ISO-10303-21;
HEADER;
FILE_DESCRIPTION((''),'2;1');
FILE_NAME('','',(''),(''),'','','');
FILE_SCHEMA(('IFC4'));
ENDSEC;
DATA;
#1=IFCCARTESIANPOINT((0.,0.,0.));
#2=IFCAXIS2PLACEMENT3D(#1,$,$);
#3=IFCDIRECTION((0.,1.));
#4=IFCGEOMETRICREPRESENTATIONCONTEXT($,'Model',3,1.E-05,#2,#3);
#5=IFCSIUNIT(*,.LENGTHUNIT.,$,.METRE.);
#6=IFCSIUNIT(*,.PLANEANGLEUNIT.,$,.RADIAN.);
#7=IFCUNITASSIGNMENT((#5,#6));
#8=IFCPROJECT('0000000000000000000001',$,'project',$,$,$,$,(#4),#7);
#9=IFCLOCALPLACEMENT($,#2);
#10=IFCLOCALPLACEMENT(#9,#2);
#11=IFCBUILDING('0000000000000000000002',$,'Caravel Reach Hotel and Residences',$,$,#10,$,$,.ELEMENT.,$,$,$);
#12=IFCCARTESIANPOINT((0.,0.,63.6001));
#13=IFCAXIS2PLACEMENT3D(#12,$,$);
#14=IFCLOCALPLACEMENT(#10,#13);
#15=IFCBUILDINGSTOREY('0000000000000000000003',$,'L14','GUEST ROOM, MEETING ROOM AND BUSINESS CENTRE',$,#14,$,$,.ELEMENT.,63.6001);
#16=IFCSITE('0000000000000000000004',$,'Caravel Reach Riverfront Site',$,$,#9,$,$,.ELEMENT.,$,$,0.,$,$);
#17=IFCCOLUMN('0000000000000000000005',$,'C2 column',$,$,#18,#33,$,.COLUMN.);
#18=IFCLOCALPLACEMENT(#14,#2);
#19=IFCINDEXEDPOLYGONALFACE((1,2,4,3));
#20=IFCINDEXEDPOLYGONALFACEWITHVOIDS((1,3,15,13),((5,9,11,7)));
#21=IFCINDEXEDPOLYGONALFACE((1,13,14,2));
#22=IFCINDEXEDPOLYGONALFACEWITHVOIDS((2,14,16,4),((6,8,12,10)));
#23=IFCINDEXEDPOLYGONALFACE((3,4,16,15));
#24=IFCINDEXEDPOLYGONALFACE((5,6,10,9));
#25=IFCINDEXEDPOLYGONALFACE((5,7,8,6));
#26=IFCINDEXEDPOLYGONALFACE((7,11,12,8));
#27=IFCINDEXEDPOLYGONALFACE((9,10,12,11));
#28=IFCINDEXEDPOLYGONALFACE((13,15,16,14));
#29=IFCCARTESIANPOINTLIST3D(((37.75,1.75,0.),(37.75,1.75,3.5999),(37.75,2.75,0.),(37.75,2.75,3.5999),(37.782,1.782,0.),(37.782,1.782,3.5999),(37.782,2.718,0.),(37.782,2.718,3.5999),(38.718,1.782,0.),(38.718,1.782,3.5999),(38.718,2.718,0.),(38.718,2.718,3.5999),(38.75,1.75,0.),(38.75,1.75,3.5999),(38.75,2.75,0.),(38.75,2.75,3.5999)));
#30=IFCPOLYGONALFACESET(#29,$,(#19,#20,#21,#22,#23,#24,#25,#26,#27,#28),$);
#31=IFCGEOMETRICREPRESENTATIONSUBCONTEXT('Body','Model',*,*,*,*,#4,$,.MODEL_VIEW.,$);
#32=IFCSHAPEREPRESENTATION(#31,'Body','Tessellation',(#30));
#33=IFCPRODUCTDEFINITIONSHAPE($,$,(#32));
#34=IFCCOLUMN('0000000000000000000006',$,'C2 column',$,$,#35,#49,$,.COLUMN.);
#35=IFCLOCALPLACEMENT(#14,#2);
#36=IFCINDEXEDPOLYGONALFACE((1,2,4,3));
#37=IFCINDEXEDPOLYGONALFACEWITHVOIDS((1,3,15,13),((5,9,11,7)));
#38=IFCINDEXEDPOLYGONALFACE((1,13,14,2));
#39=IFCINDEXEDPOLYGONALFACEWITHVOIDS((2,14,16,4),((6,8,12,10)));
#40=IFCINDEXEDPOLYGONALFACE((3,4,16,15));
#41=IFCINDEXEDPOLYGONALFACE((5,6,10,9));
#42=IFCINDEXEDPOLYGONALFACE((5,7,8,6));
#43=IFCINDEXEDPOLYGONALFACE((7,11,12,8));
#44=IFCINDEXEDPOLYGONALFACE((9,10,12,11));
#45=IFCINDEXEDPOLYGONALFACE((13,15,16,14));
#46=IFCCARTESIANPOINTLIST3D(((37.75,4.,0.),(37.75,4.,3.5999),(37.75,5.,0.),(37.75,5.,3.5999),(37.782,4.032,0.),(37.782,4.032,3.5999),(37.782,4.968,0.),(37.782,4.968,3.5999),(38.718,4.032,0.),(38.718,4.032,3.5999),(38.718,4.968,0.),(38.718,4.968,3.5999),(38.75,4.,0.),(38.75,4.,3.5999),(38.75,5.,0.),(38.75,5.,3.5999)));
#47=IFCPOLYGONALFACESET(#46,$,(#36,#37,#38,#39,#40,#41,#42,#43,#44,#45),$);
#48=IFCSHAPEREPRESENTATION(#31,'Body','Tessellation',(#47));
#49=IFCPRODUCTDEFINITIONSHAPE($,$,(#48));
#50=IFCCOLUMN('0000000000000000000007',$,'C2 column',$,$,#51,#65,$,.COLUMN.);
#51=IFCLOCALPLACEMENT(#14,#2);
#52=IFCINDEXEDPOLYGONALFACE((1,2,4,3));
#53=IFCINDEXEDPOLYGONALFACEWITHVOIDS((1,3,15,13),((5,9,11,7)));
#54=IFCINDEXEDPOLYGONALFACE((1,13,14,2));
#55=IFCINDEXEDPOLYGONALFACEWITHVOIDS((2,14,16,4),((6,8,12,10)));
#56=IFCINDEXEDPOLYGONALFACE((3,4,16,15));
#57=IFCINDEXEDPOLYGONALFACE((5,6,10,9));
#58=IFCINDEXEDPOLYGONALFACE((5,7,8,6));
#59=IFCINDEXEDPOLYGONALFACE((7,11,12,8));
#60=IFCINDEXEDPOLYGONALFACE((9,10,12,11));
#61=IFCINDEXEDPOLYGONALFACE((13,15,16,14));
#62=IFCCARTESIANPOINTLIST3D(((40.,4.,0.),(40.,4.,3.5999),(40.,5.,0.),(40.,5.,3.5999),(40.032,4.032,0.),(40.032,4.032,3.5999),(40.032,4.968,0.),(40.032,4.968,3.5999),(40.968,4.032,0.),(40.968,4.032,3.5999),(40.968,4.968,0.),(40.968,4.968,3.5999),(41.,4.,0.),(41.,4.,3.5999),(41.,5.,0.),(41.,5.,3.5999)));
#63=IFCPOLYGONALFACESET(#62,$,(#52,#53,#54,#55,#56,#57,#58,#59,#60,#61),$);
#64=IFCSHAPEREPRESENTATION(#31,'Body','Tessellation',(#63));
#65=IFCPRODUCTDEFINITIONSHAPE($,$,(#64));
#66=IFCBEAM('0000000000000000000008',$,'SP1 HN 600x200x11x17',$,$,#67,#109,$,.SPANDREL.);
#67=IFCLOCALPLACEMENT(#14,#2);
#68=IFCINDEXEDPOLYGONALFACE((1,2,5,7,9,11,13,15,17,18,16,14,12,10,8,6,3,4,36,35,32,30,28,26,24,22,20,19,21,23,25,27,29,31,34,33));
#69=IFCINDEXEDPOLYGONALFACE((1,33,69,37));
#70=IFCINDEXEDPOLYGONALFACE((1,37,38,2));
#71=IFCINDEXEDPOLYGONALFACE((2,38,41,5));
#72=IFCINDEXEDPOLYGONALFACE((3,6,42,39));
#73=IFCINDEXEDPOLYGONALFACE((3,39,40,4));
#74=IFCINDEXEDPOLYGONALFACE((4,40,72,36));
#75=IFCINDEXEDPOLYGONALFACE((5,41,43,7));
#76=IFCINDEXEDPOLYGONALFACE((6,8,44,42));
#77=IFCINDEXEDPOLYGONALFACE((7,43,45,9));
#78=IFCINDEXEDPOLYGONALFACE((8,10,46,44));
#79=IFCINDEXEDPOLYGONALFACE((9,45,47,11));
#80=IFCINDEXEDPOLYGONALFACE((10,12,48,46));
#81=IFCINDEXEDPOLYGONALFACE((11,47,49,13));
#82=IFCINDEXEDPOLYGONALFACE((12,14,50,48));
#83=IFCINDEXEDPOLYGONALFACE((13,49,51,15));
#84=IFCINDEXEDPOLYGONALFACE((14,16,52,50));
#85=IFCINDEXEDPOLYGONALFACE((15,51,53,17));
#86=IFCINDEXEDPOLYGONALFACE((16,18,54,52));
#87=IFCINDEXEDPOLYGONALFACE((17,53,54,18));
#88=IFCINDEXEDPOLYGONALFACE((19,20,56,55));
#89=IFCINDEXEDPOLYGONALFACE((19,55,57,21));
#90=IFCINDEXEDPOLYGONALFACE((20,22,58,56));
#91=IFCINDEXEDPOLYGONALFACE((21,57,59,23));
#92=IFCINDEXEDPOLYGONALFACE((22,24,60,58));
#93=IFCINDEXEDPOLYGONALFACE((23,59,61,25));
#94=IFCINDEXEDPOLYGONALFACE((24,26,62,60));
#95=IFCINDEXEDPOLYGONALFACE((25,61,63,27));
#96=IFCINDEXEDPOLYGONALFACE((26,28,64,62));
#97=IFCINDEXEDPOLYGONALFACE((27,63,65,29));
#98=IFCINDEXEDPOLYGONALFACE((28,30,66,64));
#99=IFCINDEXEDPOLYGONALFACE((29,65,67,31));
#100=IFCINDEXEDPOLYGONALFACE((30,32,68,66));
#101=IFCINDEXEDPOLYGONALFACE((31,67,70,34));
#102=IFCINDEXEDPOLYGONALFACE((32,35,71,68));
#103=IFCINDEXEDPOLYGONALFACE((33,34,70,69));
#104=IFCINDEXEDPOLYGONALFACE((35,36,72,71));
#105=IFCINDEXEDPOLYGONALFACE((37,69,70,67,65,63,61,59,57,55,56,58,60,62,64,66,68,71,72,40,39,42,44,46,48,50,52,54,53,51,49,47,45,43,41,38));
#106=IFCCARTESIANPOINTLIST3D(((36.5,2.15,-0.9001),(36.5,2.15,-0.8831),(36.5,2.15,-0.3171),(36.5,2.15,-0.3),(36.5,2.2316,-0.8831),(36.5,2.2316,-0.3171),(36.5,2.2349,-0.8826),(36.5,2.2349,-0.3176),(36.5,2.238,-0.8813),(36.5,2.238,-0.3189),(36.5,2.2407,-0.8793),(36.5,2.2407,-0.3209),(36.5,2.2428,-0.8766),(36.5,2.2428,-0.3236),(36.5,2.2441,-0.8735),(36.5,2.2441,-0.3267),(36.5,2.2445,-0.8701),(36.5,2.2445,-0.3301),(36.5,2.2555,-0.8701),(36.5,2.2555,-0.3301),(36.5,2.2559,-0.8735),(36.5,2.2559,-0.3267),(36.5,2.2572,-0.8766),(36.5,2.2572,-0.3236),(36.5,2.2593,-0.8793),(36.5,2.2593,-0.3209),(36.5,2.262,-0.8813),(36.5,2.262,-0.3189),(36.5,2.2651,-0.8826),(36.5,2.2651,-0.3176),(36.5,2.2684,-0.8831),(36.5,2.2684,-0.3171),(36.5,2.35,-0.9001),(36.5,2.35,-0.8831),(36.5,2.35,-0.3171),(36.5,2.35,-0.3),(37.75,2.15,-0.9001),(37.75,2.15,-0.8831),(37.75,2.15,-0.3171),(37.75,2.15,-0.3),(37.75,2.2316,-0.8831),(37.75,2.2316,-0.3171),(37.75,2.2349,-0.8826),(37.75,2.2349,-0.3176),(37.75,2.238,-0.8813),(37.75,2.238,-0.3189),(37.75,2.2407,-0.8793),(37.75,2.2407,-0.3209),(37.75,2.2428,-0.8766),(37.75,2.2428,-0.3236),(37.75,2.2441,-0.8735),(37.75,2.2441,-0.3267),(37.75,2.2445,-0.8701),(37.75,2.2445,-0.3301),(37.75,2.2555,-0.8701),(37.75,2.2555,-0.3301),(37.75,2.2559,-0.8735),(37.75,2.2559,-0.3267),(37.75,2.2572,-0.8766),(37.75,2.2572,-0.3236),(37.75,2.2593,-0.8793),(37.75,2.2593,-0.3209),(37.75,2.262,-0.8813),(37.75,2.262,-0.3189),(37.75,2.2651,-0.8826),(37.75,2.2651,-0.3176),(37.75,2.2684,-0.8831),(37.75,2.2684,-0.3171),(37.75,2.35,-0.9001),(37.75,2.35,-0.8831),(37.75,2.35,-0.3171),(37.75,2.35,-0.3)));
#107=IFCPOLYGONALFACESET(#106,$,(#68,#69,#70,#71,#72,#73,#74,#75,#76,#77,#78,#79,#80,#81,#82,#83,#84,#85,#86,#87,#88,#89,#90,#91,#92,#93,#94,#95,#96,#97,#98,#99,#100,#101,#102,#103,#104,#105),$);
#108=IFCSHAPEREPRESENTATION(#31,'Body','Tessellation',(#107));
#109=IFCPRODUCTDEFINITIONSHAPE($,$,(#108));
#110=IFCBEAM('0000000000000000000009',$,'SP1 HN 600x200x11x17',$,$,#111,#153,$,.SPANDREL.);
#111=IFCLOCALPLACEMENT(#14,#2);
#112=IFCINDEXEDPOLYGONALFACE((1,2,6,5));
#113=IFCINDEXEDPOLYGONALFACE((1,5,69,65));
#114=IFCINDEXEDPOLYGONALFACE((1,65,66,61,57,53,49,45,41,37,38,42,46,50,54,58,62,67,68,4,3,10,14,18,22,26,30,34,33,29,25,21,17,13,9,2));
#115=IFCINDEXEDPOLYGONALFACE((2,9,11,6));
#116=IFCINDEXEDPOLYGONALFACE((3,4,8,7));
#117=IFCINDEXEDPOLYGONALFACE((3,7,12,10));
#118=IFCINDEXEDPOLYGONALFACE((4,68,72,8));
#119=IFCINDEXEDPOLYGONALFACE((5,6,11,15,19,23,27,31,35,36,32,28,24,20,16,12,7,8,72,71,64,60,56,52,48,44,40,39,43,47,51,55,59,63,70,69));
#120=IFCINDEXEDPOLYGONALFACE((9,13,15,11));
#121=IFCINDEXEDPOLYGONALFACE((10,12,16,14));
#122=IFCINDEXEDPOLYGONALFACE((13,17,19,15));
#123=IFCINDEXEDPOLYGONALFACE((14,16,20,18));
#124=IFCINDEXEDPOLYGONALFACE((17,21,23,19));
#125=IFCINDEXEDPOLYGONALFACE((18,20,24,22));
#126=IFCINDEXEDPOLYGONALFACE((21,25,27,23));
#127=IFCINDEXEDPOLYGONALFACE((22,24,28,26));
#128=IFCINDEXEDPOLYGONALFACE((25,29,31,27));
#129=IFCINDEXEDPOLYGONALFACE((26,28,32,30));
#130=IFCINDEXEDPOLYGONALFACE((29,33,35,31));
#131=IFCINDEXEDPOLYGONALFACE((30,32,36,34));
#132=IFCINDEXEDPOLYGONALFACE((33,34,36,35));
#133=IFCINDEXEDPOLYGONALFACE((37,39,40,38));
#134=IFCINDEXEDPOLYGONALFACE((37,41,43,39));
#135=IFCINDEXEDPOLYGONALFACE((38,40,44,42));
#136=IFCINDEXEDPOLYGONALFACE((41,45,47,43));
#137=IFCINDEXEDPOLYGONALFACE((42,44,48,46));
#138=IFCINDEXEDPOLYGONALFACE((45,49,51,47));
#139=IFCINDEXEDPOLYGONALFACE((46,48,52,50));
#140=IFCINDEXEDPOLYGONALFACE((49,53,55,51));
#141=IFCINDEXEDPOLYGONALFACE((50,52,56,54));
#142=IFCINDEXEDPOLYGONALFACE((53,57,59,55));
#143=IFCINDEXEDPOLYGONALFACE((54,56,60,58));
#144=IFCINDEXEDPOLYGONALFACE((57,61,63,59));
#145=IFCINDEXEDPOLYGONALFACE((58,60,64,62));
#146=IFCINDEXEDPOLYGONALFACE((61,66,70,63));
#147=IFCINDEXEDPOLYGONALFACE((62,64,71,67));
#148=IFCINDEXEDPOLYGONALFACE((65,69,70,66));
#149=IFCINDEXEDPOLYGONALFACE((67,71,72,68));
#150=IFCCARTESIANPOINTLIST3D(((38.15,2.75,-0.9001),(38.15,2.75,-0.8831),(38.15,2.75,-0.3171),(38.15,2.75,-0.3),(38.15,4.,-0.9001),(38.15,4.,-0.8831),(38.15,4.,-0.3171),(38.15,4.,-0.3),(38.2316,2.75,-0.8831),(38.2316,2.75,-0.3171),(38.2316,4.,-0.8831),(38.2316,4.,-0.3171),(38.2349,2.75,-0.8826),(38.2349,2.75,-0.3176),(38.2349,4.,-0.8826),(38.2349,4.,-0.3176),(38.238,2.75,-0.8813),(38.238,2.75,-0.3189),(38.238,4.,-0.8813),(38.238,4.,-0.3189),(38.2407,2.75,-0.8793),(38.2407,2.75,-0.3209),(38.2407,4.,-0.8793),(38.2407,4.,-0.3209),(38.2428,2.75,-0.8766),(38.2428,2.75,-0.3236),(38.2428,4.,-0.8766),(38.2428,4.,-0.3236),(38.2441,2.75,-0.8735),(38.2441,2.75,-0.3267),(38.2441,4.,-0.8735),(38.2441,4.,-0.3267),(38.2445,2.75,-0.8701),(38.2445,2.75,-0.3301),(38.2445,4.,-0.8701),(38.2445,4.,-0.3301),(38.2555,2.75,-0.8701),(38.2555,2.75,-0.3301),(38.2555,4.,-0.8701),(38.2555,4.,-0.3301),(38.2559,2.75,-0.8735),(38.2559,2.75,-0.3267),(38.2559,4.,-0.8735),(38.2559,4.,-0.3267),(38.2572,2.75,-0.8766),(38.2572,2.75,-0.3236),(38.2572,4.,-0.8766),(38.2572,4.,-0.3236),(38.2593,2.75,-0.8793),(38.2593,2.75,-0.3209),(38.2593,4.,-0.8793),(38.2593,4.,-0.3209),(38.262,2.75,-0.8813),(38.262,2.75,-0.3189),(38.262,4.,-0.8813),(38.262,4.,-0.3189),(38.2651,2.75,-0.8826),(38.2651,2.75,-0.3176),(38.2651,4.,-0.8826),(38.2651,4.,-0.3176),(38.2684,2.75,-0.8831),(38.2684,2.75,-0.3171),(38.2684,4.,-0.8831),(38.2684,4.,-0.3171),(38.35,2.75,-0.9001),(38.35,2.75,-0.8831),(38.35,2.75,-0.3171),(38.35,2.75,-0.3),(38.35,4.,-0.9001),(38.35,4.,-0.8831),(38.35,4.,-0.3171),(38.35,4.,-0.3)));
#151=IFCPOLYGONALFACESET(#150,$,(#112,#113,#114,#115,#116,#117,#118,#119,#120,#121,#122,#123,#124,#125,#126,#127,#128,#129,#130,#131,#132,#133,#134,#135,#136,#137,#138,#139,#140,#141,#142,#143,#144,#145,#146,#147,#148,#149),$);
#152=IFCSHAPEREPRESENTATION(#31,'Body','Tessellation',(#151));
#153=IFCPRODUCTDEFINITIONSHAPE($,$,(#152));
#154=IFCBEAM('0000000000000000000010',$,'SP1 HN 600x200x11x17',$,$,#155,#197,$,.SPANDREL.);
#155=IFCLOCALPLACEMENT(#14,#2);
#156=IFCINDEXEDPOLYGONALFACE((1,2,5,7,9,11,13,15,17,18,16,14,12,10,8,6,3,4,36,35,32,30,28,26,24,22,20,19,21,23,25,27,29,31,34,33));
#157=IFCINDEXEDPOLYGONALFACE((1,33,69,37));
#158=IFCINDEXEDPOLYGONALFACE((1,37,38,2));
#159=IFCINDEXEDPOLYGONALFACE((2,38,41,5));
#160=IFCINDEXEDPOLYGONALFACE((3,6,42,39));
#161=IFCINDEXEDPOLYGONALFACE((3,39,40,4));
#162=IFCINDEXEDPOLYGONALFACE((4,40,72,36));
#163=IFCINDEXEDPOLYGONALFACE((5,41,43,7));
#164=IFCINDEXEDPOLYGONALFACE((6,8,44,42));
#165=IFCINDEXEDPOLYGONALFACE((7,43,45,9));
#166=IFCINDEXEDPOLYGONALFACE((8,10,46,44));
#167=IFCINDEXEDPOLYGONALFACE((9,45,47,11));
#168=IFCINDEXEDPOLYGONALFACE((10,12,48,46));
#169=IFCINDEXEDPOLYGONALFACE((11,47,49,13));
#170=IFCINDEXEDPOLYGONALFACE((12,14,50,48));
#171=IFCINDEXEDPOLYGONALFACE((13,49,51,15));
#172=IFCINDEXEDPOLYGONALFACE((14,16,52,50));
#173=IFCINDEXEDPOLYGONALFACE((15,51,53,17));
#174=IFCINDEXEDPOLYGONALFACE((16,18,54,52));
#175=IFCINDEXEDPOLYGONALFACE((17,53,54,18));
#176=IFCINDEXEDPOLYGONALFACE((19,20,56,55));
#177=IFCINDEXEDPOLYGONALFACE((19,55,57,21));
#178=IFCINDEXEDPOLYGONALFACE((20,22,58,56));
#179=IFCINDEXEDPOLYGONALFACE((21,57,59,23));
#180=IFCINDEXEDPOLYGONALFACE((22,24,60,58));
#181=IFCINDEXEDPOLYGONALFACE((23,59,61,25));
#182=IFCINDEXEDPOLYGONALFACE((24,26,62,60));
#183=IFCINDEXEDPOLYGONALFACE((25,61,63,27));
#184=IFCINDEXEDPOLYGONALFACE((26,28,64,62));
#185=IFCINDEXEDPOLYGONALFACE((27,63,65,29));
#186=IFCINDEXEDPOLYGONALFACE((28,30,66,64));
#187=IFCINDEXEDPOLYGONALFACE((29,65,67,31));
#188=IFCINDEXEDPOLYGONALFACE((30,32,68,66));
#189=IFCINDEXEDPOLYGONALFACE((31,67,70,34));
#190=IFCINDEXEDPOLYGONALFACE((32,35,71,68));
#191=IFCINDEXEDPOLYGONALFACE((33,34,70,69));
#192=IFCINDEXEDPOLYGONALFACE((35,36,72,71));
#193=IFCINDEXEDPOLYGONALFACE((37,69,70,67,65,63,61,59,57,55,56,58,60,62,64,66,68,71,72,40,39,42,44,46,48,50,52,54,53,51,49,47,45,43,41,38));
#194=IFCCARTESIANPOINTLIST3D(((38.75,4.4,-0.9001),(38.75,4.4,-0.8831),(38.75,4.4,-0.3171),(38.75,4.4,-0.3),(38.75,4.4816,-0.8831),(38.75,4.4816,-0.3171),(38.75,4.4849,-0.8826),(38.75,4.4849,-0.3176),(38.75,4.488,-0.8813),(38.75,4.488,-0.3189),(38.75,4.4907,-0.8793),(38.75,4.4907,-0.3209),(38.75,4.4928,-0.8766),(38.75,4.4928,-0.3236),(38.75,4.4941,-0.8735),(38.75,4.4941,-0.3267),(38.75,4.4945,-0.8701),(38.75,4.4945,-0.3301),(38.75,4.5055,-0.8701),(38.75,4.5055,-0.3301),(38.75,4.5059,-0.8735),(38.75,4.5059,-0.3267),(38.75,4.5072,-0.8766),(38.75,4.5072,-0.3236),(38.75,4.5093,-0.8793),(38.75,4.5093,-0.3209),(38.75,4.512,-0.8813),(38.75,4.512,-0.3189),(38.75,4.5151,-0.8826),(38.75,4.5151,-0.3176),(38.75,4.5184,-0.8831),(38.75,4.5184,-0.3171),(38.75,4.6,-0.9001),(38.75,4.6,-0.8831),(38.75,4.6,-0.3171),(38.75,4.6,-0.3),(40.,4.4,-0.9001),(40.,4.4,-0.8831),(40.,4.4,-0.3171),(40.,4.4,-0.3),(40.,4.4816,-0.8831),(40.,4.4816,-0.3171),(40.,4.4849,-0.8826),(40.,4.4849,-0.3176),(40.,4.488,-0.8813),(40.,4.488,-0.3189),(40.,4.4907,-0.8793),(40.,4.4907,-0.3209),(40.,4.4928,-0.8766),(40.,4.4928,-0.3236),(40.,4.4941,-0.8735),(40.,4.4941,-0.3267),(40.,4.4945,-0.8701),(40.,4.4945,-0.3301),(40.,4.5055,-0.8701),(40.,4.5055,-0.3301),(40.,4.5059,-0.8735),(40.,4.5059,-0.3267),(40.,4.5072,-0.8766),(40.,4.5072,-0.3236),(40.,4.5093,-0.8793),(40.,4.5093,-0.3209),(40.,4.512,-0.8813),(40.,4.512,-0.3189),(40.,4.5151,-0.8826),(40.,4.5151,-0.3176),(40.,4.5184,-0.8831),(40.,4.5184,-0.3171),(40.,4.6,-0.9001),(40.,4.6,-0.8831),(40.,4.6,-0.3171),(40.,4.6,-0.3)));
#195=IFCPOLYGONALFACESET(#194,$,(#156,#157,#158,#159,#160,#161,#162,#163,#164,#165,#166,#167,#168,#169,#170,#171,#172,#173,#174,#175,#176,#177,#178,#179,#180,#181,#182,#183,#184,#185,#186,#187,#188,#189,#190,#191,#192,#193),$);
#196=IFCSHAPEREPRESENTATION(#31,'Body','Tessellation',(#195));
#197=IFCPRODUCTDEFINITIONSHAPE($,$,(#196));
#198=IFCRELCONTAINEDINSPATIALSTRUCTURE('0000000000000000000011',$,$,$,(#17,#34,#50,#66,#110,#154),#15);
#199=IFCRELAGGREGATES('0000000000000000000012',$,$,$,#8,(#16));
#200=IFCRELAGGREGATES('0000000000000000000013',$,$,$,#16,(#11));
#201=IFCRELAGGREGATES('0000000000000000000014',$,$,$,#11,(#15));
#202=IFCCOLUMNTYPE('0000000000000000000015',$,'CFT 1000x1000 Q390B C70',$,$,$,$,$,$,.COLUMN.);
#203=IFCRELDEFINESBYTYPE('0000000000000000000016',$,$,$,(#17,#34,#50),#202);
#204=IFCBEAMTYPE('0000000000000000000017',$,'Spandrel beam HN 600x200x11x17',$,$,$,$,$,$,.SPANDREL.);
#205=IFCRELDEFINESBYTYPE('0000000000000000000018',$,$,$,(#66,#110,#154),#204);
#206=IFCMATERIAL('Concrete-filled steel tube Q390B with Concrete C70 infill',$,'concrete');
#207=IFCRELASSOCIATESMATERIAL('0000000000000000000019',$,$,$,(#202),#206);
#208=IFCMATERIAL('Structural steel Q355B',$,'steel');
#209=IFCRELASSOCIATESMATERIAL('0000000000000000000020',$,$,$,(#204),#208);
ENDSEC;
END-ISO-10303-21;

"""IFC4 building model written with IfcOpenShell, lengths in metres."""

from ifc_helpers import new_model, si_unit, direction, frame, origin, origin_2d, place, context, subcontext, project, spatial, hollow_rectangle, i_section, extrude, material, material_profile, profile_set, type_object, element, save


model = new_model("IFC4")

# Units and contexts
model_context = context("Model", 3, precision=1e-05, world=origin(), true_north=direction((0.0, 1.0)))
body_context = subcontext(model_context, "Body", "Model", "MODEL_VIEW")
ifc_project = project(units=[si_unit("LENGTHUNIT", "METRE"), si_unit("PLANEANGLEUNIT", "RADIAN")], contexts=[model_context])

# Site, building, storey
site_placement = place(None, origin())
site = spatial("IfcSite", under=ifc_project, at=site_placement, Name="Caravel Reach Riverfront Site", CompositionType="ELEMENT", RefElevation=0.0)
building_placement = place(site_placement, origin())
building = spatial("IfcBuilding", under=site, at=building_placement, Name="Caravel Reach Hotel and Residences", CompositionType="ELEMENT")
storey_placement = place(building_placement, frame((0.0, 0.0, 63.6001)))
storey = spatial("IfcBuildingStorey", under=building, at=storey_placement, Name="L14", Description="GUEST ROOM, MEETING ROOM AND BUSINESS CENTRE", CompositionType="ELEMENT", Elevation=63.6001)

# Columns
ifc_material_1 = material(Name="Concrete-filled steel tube Q390B with Concrete C70 infill", Category="concrete")
ifc_material_profile_1 = material_profile(ifc_material_1, hollow_rectangle(XDim=1.0, YDim=1.0, WallThickness=0.032, at=origin_2d()), Name="RHS 1000x1000x32")
ifc_profile_set_1 = profile_set([ifc_material_profile_1], Name="Concrete-filled steel tube Q390B with Concrete C70 infill")
column_type = type_object("IfcColumnType", Name="CFT 1000x1000 Q390B C70", PredefinedType="COLUMN", material=ifc_profile_set_1)
for number, where, z_axis, x_axis, name in (
    (1, (38.25, 2.25, 0.0), (0.0, 0.0, 1.0), (1.0, 0.0, 0.0), "C2 column"),
    (2, (38.25, 4.5, 0.0), (0.0, 0.0, 1.0), (1.0, 0.0, 0.0), "C2 column"),
    (3, (40.5, 4.5, 0.0), (0.0, 0.0, 1.0), (1.0, 0.0, 0.0), "C2 column"),
):
    element("IfcColumn", number, at=place(storey_placement, frame(where, z_axis=z_axis, x_axis=x_axis)), inside=storey, type_object=column_type, Name=name, PredefinedType="COLUMN", context=body_context, shape_type="SweptSolid", body=[
        extrude(hollow_rectangle(XDim=1.0, YDim=1.0, WallThickness=0.032, at=origin_2d()), origin(), (0.0, 0.0, 1.0), 3.5999),
    ])

# Beams
ifc_material_2 = material(Name="Structural steel Q355B", Category="steel")
ifc_material_profile_2 = material_profile(ifc_material_2, i_section(OverallWidth=0.2, OverallDepth=0.6001, WebThickness=0.011, FlangeThickness=0.0171, FilletRadius=0.0129, at=origin_2d()), Name="HN 600x200x11x17")
ifc_profile_set_2 = profile_set([ifc_material_profile_2], Name="Structural steel Q355B")
beam_type = type_object("IfcBeamType", Name="Spandrel beam HN 600x200x11x17", PredefinedType="SPANDREL", material=ifc_profile_set_2)
for number, where, z_axis, x_axis, name in (
    (4, (36.5, 2.25, -0.6001), (1.0, 0.0, 0.0), (0.0, 1.0, 0.0), "SP1 HN 600x200x11x17"),
    (5, (38.25, 2.75, -0.6001), (0.0, 1.0, 0.0), (-1.0, 0.0, 0.0), "SP1 HN 600x200x11x17"),
    (6, (38.75, 4.5, -0.6001), (1.0, 0.0, 0.0), (0.0, 1.0, 0.0), "SP1 HN 600x200x11x17"),
):
    element("IfcBeam", number, at=place(storey_placement, frame(where, z_axis=z_axis, x_axis=x_axis)), inside=storey, type_object=beam_type, Name=name, PredefinedType="SPANDREL", context=body_context, shape_type="SweptSolid", body=[
        extrude(i_section(OverallWidth=0.2, OverallDepth=0.6001, WebThickness=0.011, FlangeThickness=0.0171, FilletRadius=0.0129, at=origin_2d()), origin(), (0.0, 0.0, 1.0), 1.25),
    ])

save(model, "model.ifc")
